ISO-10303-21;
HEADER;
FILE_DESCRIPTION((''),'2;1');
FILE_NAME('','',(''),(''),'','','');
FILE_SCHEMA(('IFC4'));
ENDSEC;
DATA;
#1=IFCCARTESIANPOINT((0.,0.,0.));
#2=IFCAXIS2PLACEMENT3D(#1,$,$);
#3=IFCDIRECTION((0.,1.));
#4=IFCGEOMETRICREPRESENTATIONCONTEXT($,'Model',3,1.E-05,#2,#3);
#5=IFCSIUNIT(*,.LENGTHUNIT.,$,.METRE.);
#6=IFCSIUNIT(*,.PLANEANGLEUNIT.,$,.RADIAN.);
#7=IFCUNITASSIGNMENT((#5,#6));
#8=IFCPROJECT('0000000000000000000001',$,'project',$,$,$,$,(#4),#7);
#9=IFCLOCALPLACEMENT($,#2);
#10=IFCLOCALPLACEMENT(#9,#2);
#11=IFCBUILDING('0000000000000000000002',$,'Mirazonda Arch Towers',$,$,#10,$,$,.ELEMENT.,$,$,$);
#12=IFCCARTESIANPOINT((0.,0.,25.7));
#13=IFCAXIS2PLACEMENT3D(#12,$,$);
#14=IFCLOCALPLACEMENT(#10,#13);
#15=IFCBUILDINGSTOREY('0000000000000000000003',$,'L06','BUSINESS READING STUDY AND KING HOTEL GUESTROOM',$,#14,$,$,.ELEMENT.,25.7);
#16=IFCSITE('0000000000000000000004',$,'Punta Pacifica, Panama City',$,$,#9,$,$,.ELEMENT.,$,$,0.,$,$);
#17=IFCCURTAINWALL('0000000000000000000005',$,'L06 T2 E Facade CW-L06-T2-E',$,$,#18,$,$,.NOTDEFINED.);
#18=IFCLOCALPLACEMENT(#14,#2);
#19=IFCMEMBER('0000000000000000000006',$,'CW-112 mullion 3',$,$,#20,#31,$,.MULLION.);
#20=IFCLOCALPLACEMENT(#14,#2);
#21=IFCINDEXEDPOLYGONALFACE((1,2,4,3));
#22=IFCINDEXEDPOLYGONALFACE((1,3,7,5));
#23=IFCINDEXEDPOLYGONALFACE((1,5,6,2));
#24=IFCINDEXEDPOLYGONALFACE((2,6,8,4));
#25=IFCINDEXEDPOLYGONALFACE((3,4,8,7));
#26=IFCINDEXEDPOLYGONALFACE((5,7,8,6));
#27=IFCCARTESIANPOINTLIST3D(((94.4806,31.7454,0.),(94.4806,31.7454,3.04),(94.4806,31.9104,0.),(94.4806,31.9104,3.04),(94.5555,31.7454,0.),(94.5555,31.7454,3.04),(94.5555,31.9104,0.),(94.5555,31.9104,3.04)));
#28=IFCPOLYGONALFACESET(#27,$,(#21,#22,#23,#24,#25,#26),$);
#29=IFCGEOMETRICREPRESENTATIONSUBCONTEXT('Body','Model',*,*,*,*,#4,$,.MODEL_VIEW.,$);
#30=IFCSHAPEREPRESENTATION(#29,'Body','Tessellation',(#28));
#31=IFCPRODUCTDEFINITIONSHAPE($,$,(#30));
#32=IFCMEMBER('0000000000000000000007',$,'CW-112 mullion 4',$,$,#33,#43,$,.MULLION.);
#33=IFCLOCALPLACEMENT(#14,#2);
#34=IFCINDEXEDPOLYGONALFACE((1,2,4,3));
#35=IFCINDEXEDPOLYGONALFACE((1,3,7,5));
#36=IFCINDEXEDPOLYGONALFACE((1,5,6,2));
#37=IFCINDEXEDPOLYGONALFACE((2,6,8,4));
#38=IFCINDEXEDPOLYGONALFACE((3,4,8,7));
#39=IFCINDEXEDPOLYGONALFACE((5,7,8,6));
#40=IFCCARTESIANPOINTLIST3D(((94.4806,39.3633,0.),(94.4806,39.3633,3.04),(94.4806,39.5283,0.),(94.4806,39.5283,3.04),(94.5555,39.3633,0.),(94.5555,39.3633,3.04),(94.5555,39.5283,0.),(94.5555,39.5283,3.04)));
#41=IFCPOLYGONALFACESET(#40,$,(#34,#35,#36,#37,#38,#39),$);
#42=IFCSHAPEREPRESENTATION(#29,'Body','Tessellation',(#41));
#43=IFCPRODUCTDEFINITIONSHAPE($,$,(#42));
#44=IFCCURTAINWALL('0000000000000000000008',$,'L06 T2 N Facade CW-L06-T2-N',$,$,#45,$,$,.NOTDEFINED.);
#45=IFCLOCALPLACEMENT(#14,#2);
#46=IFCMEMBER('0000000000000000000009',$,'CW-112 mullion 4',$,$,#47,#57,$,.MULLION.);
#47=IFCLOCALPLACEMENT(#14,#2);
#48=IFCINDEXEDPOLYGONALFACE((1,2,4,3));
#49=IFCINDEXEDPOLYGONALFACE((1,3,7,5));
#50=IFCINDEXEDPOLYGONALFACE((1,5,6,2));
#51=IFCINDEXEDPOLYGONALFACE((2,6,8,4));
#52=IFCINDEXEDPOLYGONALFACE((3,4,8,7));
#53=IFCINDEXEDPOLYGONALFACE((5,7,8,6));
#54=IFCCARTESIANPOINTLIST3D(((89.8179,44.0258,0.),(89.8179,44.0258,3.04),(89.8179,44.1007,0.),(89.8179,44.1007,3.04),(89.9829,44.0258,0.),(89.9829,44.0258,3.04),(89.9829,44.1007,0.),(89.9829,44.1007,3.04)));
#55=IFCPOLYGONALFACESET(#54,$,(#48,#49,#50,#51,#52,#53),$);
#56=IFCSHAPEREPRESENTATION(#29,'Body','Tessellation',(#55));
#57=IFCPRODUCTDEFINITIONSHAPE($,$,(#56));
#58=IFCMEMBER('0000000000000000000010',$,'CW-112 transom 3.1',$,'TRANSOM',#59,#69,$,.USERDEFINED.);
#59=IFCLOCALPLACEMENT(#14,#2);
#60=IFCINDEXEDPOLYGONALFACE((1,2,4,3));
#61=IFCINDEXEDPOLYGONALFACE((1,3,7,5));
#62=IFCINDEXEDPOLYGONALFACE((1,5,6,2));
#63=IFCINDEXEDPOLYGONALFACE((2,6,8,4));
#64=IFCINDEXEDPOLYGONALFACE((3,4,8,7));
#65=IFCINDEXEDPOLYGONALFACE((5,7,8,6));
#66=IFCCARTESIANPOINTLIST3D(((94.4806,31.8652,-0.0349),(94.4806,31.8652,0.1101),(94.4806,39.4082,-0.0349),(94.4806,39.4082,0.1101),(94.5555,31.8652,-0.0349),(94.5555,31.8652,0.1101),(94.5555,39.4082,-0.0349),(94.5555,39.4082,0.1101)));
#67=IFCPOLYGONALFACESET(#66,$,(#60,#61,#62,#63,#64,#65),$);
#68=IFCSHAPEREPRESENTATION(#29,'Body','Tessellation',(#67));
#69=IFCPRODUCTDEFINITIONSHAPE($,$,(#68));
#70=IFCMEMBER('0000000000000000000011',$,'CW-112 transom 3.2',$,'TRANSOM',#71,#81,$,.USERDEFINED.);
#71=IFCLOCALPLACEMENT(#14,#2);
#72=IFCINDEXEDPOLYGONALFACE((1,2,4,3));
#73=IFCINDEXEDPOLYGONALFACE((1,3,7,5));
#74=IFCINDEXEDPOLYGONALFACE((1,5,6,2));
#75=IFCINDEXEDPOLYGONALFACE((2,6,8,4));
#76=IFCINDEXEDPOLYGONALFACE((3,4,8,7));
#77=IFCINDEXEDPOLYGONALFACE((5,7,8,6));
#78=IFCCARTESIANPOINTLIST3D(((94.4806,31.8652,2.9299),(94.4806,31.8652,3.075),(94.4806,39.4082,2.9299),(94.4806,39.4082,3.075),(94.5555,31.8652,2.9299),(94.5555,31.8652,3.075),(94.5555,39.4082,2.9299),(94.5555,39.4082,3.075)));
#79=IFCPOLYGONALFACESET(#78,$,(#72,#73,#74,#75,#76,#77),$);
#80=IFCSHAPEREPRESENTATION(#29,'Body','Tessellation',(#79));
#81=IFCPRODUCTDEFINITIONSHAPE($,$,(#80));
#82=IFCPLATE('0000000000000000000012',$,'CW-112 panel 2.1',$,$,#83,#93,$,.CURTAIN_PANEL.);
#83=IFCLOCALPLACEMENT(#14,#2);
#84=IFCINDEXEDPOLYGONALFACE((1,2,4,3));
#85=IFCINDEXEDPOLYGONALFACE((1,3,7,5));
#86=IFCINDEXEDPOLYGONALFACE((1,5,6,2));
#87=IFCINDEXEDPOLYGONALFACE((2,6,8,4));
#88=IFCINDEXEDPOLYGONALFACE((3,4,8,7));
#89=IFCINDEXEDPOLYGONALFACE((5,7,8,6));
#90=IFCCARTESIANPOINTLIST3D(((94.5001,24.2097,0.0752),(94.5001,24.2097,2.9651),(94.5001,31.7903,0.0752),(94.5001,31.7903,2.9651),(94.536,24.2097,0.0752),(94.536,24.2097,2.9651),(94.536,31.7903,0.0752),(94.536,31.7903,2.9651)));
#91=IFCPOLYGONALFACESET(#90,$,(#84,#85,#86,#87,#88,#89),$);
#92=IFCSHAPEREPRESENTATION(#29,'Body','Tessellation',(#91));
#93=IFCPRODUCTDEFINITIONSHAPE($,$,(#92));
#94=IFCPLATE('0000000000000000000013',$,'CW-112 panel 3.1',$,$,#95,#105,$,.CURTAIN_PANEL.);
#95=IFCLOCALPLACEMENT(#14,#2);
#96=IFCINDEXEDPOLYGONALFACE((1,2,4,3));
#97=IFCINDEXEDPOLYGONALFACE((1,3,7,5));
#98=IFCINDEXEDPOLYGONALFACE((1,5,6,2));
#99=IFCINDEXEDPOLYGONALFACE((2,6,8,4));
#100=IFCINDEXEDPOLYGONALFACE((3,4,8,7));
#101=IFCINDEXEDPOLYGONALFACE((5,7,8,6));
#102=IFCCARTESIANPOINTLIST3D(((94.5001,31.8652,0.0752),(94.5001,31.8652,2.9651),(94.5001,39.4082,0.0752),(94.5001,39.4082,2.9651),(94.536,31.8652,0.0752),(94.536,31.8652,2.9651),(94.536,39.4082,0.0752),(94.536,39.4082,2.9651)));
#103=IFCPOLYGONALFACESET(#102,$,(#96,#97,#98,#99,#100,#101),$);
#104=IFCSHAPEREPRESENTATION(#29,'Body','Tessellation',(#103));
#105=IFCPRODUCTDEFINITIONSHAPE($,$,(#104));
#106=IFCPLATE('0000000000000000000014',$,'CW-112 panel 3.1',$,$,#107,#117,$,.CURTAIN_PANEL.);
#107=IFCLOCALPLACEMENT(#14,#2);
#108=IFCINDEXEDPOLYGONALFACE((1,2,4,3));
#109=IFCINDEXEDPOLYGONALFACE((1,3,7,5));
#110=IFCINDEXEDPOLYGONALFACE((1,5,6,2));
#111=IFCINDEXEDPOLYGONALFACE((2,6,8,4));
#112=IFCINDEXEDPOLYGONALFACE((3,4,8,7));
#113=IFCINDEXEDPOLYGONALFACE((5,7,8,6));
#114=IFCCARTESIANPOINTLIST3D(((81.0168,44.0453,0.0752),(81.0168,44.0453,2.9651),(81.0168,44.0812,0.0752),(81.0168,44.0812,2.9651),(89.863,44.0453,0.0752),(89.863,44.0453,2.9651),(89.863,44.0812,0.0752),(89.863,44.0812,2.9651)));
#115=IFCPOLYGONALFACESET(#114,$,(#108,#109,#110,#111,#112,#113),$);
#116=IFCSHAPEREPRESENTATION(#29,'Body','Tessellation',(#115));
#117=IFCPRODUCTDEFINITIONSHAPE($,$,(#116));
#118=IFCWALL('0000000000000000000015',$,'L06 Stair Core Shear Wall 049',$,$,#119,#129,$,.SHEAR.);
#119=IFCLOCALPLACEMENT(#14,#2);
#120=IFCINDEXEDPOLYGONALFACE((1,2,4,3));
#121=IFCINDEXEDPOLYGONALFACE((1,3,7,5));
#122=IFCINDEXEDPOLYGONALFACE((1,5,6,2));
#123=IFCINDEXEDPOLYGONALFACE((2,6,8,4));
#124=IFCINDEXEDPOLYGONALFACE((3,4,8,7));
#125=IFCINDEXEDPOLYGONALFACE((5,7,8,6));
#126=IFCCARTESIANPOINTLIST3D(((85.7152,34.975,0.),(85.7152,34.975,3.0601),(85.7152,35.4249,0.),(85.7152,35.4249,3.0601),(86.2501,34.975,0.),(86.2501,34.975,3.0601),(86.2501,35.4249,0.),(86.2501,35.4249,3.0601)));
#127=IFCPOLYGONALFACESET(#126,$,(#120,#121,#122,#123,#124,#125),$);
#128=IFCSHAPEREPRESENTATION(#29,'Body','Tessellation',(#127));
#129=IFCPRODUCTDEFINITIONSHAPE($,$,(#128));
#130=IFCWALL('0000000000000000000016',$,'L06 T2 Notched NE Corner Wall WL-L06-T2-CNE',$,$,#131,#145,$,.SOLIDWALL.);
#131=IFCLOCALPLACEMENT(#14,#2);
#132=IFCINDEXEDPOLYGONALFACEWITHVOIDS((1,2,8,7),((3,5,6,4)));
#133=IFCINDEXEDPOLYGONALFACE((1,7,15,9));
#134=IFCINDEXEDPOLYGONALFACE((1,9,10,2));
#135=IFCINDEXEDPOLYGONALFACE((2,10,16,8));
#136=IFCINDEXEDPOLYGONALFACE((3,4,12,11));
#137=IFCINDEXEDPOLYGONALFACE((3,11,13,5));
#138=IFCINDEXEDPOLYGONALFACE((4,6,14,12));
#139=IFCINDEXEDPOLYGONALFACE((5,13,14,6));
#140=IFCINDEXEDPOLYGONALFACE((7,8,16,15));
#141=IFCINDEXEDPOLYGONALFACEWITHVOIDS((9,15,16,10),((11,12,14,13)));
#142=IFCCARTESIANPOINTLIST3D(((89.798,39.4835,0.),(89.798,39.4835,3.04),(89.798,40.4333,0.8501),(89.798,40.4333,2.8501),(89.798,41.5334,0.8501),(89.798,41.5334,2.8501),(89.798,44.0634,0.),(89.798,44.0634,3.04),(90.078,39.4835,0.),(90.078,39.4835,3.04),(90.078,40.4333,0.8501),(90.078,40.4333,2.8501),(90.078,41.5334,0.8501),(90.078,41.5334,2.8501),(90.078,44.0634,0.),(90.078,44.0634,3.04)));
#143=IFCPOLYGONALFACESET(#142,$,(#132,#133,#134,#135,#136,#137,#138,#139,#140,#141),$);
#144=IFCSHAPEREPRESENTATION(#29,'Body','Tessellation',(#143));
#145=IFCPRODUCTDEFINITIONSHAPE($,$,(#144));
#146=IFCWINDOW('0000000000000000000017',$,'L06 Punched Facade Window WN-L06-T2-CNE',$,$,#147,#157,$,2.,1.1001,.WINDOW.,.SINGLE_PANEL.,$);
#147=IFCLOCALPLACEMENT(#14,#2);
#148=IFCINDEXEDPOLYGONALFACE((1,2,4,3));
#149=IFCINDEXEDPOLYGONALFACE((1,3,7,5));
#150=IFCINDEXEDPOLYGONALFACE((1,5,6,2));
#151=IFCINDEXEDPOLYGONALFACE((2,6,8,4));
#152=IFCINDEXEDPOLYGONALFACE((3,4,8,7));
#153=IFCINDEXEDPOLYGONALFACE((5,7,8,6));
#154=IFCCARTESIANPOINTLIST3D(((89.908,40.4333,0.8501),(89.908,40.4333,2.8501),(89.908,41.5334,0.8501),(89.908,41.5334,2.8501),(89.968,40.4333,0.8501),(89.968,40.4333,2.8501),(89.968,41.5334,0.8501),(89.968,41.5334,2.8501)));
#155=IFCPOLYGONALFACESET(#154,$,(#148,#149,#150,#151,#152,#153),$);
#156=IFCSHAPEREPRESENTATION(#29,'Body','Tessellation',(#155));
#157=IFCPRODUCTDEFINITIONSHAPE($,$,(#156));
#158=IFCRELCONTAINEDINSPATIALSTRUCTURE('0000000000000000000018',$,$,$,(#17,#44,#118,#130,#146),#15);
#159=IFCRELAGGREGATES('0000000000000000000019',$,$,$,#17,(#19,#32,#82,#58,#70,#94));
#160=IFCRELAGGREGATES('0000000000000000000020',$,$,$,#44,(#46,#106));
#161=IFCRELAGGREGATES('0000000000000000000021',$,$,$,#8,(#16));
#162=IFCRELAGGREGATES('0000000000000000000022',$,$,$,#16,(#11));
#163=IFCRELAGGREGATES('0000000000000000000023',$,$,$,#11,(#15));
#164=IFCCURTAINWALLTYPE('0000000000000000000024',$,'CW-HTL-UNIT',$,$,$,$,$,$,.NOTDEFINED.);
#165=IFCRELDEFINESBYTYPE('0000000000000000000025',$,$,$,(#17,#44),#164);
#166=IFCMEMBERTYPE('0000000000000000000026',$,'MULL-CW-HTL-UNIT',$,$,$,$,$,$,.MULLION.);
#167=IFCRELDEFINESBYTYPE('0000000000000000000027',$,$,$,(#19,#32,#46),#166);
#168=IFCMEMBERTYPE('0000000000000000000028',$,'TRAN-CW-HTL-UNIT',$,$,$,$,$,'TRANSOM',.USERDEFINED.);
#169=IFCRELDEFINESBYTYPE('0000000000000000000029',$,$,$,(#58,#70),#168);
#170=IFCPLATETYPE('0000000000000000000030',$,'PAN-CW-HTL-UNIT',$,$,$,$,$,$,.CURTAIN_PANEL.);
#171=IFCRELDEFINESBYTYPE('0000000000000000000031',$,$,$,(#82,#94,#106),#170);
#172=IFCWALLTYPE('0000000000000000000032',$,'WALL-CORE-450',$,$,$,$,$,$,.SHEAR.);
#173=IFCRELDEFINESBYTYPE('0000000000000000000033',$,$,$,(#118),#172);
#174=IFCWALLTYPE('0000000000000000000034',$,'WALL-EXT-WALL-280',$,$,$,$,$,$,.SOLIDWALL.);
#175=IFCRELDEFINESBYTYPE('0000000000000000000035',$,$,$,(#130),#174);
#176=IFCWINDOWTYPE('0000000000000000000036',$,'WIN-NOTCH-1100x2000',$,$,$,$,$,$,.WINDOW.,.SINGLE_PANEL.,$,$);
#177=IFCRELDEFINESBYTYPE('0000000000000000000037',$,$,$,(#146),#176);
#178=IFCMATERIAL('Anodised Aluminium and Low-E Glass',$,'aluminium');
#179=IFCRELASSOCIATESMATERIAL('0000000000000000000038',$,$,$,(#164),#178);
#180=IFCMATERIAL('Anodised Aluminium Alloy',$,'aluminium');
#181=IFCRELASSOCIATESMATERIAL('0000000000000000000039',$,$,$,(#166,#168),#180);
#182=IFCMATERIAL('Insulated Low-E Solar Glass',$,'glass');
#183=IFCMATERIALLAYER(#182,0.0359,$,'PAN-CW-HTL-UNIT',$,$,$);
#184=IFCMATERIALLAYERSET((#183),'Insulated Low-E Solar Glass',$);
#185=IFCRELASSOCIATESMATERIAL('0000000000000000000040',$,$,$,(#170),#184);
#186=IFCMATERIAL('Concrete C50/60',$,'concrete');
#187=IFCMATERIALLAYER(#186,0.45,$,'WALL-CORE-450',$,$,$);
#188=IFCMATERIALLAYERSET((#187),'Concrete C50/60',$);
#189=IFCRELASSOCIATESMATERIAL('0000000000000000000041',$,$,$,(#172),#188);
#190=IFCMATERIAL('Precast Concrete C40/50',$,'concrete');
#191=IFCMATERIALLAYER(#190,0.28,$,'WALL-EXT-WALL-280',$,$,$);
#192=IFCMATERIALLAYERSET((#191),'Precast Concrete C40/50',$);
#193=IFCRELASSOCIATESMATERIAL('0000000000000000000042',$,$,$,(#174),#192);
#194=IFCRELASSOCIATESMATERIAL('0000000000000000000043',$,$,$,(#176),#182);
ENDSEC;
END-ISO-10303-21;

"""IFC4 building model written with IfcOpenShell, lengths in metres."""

from ifc_helpers import new_model, si_unit, direction, frame, frame_2d, origin, origin_2d, place, context, subcontext, project, spatial, rectangle, extrude, material, layer, layer_set, material_profile, profile_set, type_object, element, fill, aggregate, save


model = new_model("IFC4")

# Units and contexts
model_context = context("Model", 3, precision=1e-05, world=origin(), true_north=direction((0.0, 1.0)))
body_context = subcontext(model_context, "Body", "Model", "MODEL_VIEW")
ifc_project = project(units=[si_unit("LENGTHUNIT", "METRE"), si_unit("PLANEANGLEUNIT", "RADIAN")], contexts=[model_context])

# Site, building, storey
site_placement = place(None, origin())
site = spatial("IfcSite", under=ifc_project, at=site_placement, Name="Punta Pacifica, Panama City", CompositionType="ELEMENT", RefElevation=0.0)
building_placement = place(site_placement, origin())
building = spatial("IfcBuilding", under=site, at=building_placement, Name="Mirazonda Arch Towers", CompositionType="ELEMENT")
storey_placement = place(building_placement, frame((0.0, 0.0, 25.7)))
storey = spatial("IfcBuildingStorey", under=building, at=storey_placement, Name="L06", Description="BUSINESS READING STUDY AND KING HOTEL GUESTROOM", CompositionType="ELEMENT", Elevation=25.7)

# Curtain wall, members
ifc_material_1 = material(Name="Anodised Aluminium and Low-E Glass", Category="aluminium")
curtain_wall_type = type_object("IfcCurtainWallType", Name="CW-HTL-UNIT", PredefinedType="NOTDEFINED", material=ifc_material_1)
curtain_wall_1_placement = place(storey_placement, origin())
curtain_wall_1 = element("IfcCurtainWall", 1, at=curtain_wall_1_placement, inside=storey, type_object=curtain_wall_type, Name="L06 T2 E Facade CW-L06-T2-E", PredefinedType="NOTDEFINED")
ifc_material_2 = material(Name="Anodised Aluminium Alloy", Category="aluminium")
ifc_material_profile_1 = material_profile(ifc_material_2, rectangle(XDim=0.075, YDim=0.165, at=origin_2d()), Name="ALU-MULL-75x165")
ifc_profile_set_1 = profile_set([ifc_material_profile_1], Name="Anodised Aluminium Alloy")
member_type_1 = type_object("IfcMemberType", Name="MULL-CW-HTL-UNIT", PredefinedType="MULLION", material=ifc_profile_set_1)
member_1_placement = place(storey_placement, frame((94.5181, 31.8279, 0.0), z_axis=(0.0, 0.0, 1.0), x_axis=(-1.0, 0.0, 0.0)))
member_1 = element("IfcMember", 2, at=member_1_placement, type_object=member_type_1, Name="CW-112 mullion 3", PredefinedType="MULLION", context=body_context, shape_type="SweptSolid", body=[
    extrude(rectangle(XDim=0.075, YDim=0.165, at=origin_2d()), origin(), (0.0, 0.0, 1.0), 3.04),
])
member_2_placement = place(storey_placement, frame((94.5181, 39.4458, 0.0), z_axis=(0.0, 0.0, 1.0), x_axis=(-1.0, 0.0, 0.0)))
member_2 = element("IfcMember", 3, at=member_2_placement, type_object=member_type_1, Name="CW-112 mullion 4", PredefinedType="MULLION", context=body_context, shape_type="SweptSolid", body=[
    extrude(rectangle(XDim=0.075, YDim=0.165, at=origin_2d()), origin(), (0.0, 0.0, 1.0), 3.04),
])

# Curtain wall, member
curtain_wall_2_placement = place(storey_placement, origin())
curtain_wall_2 = element("IfcCurtainWall", 4, at=curtain_wall_2_placement, inside=storey, type_object=curtain_wall_type, Name="L06 T2 N Facade CW-L06-T2-N", PredefinedType="NOTDEFINED")
member_3_placement = place(storey_placement, frame((89.9004, 44.0632, 0.0), z_axis=(0.0, 0.0, 1.0), x_axis=(0.0, 1.0, 0.0)))
member_3 = element("IfcMember", 5, at=member_3_placement, type_object=member_type_1, Name="CW-112 mullion 4", PredefinedType="MULLION", context=body_context, shape_type="SweptSolid", body=[
    extrude(rectangle(XDim=0.075, YDim=0.165, at=origin_2d()), origin(), (0.0, 0.0, 1.0), 3.04),
])

# Members
ifc_material_profile_2 = material_profile(ifc_material_2, rectangle(XDim=0.075, YDim=0.145, at=origin_2d()), Name="ALU-TRAN-75x145")
ifc_profile_set_2 = profile_set([ifc_material_profile_2], Name="Anodised Aluminium Alloy")
member_type_2 = type_object("IfcMemberType", Name="TRAN-CW-HTL-UNIT", ElementType="TRANSOM", PredefinedType="USERDEFINED", material=ifc_profile_set_2)
member_4_placement = place(storey_placement, frame((94.5181, 31.8652, 0.0376), z_axis=(0.0, 1.0, 0.0), x_axis=(-1.0, 0.0, 0.0)))
member_4 = element("IfcMember", 6, at=member_4_placement, type_object=member_type_2, Name="CW-112 transom 3.1", ObjectType="TRANSOM", PredefinedType="USERDEFINED", context=body_context, shape_type="SweptSolid", body=[
    extrude(rectangle(XDim=0.075, YDim=0.145, at=origin_2d()), origin(), (0.0, 0.0, 1.0), 7.543),
])
member_5_placement = place(storey_placement, frame((94.5181, 31.8652, 3.0024), z_axis=(0.0, 1.0, 0.0), x_axis=(-1.0, 0.0, 0.0)))
member_5 = element("IfcMember", 7, at=member_5_placement, type_object=member_type_2, Name="CW-112 transom 3.2", ObjectType="TRANSOM", PredefinedType="USERDEFINED", context=body_context, shape_type="SweptSolid", body=[
    extrude(rectangle(XDim=0.075, YDim=0.145, at=origin_2d()), origin(), (0.0, 0.0, 1.0), 7.543),
])

# Plates
ifc_material_3 = material(Name="Insulated Low-E Solar Glass", Category="glass")
ifc_layer_1 = layer(ifc_material_3, 0.0359, Name="PAN-CW-HTL-UNIT")
ifc_layer_set_1 = layer_set([ifc_layer_1], Name="Insulated Low-E Solar Glass")
plate_type = type_object("IfcPlateType", Name="PAN-CW-HTL-UNIT", PredefinedType="CURTAIN_PANEL", material=ifc_layer_set_1)
plate_1_placement = place(storey_placement, frame((94.5181, 28.0, 0.0752), z_axis=(0.0, 0.0, 1.0), x_axis=(0.0, 1.0, 0.0)))
plate_1 = element("IfcPlate", 8, at=plate_1_placement, type_object=plate_type, Name="CW-112 panel 2.1", PredefinedType="CURTAIN_PANEL", context=body_context, shape_type="SweptSolid", body=[
    extrude(rectangle(XDim=7.5806, YDim=0.0359, at=origin_2d()), origin(), (0.0, 0.0, 1.0), 2.8899),
])
plate_2_placement = place(storey_placement, frame((94.5181, 35.6367, 0.0752), z_axis=(0.0, 0.0, 1.0), x_axis=(0.0, 1.0, 0.0)))
plate_2 = element("IfcPlate", 9, at=plate_2_placement, type_object=plate_type, Name="CW-112 panel 3.1", PredefinedType="CURTAIN_PANEL", context=body_context, shape_type="SweptSolid", body=[
    extrude(rectangle(XDim=7.543, YDim=0.0359, at=origin_2d()), origin(), (0.0, 0.0, 1.0), 2.8899),
])
aggregate(curtain_wall_1, [member_1, member_2, plate_1, member_4, member_5, plate_2])
plate_3_placement = place(storey_placement, frame((85.4399, 44.0632, 0.0752), z_axis=(0.0, 0.0, 1.0), x_axis=(1.0, 0.0, 0.0)))
plate_3 = element("IfcPlate", 10, at=plate_3_placement, type_object=plate_type, Name="CW-112 panel 3.1", PredefinedType="CURTAIN_PANEL", context=body_context, shape_type="SweptSolid", body=[
    extrude(rectangle(XDim=8.8462, YDim=0.0359, at=origin_2d()), origin(), (0.0, 0.0, 1.0), 2.8899),
])
aggregate(curtain_wall_2, [member_3, plate_3])

# Wall
ifc_material_4 = material(Name="Concrete C50/60", Category="concrete")
ifc_layer_2 = layer(ifc_material_4, 0.45, Name="WALL-CORE-450")
ifc_layer_set_2 = layer_set([ifc_layer_2], Name="Concrete C50/60")
wall_type_1 = type_object("IfcWallType", Name="WALL-CORE-450", PredefinedType="SHEAR", material=ifc_layer_set_2)
wall_1_placement = place(storey_placement, frame((85.7151, 35.2, 0.0), z_axis=(0.0, 0.0, 1.0), x_axis=(1.0, 0.0, 0.0)))
element("IfcWall", 11, at=wall_1_placement, inside=storey, type_object=wall_type_1, Name="L06 Stair Core Shear Wall 049", PredefinedType="SHEAR", context=body_context, shape_type="SweptSolid", body=[
    extrude(rectangle(XDim=0.5349, YDim=0.45, at=frame_2d((0.2676, 0.0))), origin(), (0.0, 0.0, 1.0), 3.0601),
])

# Wall, opening, window
ifc_material_5 = material(Name="Precast Concrete C40/50", Category="concrete")
ifc_layer_3 = layer(ifc_material_5, 0.28, Name="WALL-EXT-WALL-280")
ifc_layer_set_3 = layer_set([ifc_layer_3], Name="Precast Concrete C40/50")
wall_type_2 = type_object("IfcWallType", Name="WALL-EXT-WALL-280", PredefinedType="SOLIDWALL", material=ifc_layer_set_3)
wall_2_placement = place(storey_placement, frame((89.938, 39.4834, 0.0), z_axis=(0.0, 0.0, 1.0), x_axis=(0.0, 1.0, 0.0)))
wall_2 = element("IfcWall", 12, at=wall_2_placement, inside=storey, type_object=wall_type_2, Name="L06 T2 Notched NE Corner Wall WL-L06-T2-CNE", PredefinedType="SOLIDWALL", context=body_context, shape_type="SweptSolid", body=[
    extrude(rectangle(XDim=4.5798, YDim=0.28, at=frame_2d((2.29, 0.0))), origin(), (0.0, 0.0, 1.0), 3.04),
])
opening_1_placement = place(wall_2_placement, frame((0.95, 0.0, 0.8501)))
opening_1 = element("IfcOpeningElement", 13, at=opening_1_placement, cuts=wall_2, PredefinedType="OPENING", context=body_context, shape_type="SweptSolid", body=[
    extrude(rectangle(XDim=1.1001, YDim=2.0, at=frame_2d((0.55, 1.0))), frame((0.0, 0.1499, 0.0), z_axis=(0.0, -1.0, 0.0), x_axis=(1.0, 0.0, 0.0)), (0.0, 0.0, 1.0), 0.3),
])
window_type = type_object("IfcWindowType", Name="WIN-NOTCH-1100x2000", PartitioningType="SINGLE_PANEL", PredefinedType="WINDOW", material=ifc_material_3)
window_1_placement = place(opening_1_placement, origin())
window_1 = element("IfcWindow", 14, at=window_1_placement, inside=storey, type_object=window_type, Name="L06 Punched Facade Window WN-L06-T2-CNE", OverallHeight=2.0, OverallWidth=1.1001, PartitioningType="SINGLE_PANEL", PredefinedType="WINDOW", context=body_context, shape_type="SweptSolid", body=[
    extrude(rectangle(XDim=1.1001, YDim=2.0, at=frame_2d((0.55, 1.0))), frame((0.0, 0.03, 0.0), z_axis=(0.0, -1.0, 0.0), x_axis=(1.0, 0.0, 0.0)), (0.0, 0.0, 1.0), 0.0601),
])
fill(opening_1, window_1)

save(model, "model.ifc")
